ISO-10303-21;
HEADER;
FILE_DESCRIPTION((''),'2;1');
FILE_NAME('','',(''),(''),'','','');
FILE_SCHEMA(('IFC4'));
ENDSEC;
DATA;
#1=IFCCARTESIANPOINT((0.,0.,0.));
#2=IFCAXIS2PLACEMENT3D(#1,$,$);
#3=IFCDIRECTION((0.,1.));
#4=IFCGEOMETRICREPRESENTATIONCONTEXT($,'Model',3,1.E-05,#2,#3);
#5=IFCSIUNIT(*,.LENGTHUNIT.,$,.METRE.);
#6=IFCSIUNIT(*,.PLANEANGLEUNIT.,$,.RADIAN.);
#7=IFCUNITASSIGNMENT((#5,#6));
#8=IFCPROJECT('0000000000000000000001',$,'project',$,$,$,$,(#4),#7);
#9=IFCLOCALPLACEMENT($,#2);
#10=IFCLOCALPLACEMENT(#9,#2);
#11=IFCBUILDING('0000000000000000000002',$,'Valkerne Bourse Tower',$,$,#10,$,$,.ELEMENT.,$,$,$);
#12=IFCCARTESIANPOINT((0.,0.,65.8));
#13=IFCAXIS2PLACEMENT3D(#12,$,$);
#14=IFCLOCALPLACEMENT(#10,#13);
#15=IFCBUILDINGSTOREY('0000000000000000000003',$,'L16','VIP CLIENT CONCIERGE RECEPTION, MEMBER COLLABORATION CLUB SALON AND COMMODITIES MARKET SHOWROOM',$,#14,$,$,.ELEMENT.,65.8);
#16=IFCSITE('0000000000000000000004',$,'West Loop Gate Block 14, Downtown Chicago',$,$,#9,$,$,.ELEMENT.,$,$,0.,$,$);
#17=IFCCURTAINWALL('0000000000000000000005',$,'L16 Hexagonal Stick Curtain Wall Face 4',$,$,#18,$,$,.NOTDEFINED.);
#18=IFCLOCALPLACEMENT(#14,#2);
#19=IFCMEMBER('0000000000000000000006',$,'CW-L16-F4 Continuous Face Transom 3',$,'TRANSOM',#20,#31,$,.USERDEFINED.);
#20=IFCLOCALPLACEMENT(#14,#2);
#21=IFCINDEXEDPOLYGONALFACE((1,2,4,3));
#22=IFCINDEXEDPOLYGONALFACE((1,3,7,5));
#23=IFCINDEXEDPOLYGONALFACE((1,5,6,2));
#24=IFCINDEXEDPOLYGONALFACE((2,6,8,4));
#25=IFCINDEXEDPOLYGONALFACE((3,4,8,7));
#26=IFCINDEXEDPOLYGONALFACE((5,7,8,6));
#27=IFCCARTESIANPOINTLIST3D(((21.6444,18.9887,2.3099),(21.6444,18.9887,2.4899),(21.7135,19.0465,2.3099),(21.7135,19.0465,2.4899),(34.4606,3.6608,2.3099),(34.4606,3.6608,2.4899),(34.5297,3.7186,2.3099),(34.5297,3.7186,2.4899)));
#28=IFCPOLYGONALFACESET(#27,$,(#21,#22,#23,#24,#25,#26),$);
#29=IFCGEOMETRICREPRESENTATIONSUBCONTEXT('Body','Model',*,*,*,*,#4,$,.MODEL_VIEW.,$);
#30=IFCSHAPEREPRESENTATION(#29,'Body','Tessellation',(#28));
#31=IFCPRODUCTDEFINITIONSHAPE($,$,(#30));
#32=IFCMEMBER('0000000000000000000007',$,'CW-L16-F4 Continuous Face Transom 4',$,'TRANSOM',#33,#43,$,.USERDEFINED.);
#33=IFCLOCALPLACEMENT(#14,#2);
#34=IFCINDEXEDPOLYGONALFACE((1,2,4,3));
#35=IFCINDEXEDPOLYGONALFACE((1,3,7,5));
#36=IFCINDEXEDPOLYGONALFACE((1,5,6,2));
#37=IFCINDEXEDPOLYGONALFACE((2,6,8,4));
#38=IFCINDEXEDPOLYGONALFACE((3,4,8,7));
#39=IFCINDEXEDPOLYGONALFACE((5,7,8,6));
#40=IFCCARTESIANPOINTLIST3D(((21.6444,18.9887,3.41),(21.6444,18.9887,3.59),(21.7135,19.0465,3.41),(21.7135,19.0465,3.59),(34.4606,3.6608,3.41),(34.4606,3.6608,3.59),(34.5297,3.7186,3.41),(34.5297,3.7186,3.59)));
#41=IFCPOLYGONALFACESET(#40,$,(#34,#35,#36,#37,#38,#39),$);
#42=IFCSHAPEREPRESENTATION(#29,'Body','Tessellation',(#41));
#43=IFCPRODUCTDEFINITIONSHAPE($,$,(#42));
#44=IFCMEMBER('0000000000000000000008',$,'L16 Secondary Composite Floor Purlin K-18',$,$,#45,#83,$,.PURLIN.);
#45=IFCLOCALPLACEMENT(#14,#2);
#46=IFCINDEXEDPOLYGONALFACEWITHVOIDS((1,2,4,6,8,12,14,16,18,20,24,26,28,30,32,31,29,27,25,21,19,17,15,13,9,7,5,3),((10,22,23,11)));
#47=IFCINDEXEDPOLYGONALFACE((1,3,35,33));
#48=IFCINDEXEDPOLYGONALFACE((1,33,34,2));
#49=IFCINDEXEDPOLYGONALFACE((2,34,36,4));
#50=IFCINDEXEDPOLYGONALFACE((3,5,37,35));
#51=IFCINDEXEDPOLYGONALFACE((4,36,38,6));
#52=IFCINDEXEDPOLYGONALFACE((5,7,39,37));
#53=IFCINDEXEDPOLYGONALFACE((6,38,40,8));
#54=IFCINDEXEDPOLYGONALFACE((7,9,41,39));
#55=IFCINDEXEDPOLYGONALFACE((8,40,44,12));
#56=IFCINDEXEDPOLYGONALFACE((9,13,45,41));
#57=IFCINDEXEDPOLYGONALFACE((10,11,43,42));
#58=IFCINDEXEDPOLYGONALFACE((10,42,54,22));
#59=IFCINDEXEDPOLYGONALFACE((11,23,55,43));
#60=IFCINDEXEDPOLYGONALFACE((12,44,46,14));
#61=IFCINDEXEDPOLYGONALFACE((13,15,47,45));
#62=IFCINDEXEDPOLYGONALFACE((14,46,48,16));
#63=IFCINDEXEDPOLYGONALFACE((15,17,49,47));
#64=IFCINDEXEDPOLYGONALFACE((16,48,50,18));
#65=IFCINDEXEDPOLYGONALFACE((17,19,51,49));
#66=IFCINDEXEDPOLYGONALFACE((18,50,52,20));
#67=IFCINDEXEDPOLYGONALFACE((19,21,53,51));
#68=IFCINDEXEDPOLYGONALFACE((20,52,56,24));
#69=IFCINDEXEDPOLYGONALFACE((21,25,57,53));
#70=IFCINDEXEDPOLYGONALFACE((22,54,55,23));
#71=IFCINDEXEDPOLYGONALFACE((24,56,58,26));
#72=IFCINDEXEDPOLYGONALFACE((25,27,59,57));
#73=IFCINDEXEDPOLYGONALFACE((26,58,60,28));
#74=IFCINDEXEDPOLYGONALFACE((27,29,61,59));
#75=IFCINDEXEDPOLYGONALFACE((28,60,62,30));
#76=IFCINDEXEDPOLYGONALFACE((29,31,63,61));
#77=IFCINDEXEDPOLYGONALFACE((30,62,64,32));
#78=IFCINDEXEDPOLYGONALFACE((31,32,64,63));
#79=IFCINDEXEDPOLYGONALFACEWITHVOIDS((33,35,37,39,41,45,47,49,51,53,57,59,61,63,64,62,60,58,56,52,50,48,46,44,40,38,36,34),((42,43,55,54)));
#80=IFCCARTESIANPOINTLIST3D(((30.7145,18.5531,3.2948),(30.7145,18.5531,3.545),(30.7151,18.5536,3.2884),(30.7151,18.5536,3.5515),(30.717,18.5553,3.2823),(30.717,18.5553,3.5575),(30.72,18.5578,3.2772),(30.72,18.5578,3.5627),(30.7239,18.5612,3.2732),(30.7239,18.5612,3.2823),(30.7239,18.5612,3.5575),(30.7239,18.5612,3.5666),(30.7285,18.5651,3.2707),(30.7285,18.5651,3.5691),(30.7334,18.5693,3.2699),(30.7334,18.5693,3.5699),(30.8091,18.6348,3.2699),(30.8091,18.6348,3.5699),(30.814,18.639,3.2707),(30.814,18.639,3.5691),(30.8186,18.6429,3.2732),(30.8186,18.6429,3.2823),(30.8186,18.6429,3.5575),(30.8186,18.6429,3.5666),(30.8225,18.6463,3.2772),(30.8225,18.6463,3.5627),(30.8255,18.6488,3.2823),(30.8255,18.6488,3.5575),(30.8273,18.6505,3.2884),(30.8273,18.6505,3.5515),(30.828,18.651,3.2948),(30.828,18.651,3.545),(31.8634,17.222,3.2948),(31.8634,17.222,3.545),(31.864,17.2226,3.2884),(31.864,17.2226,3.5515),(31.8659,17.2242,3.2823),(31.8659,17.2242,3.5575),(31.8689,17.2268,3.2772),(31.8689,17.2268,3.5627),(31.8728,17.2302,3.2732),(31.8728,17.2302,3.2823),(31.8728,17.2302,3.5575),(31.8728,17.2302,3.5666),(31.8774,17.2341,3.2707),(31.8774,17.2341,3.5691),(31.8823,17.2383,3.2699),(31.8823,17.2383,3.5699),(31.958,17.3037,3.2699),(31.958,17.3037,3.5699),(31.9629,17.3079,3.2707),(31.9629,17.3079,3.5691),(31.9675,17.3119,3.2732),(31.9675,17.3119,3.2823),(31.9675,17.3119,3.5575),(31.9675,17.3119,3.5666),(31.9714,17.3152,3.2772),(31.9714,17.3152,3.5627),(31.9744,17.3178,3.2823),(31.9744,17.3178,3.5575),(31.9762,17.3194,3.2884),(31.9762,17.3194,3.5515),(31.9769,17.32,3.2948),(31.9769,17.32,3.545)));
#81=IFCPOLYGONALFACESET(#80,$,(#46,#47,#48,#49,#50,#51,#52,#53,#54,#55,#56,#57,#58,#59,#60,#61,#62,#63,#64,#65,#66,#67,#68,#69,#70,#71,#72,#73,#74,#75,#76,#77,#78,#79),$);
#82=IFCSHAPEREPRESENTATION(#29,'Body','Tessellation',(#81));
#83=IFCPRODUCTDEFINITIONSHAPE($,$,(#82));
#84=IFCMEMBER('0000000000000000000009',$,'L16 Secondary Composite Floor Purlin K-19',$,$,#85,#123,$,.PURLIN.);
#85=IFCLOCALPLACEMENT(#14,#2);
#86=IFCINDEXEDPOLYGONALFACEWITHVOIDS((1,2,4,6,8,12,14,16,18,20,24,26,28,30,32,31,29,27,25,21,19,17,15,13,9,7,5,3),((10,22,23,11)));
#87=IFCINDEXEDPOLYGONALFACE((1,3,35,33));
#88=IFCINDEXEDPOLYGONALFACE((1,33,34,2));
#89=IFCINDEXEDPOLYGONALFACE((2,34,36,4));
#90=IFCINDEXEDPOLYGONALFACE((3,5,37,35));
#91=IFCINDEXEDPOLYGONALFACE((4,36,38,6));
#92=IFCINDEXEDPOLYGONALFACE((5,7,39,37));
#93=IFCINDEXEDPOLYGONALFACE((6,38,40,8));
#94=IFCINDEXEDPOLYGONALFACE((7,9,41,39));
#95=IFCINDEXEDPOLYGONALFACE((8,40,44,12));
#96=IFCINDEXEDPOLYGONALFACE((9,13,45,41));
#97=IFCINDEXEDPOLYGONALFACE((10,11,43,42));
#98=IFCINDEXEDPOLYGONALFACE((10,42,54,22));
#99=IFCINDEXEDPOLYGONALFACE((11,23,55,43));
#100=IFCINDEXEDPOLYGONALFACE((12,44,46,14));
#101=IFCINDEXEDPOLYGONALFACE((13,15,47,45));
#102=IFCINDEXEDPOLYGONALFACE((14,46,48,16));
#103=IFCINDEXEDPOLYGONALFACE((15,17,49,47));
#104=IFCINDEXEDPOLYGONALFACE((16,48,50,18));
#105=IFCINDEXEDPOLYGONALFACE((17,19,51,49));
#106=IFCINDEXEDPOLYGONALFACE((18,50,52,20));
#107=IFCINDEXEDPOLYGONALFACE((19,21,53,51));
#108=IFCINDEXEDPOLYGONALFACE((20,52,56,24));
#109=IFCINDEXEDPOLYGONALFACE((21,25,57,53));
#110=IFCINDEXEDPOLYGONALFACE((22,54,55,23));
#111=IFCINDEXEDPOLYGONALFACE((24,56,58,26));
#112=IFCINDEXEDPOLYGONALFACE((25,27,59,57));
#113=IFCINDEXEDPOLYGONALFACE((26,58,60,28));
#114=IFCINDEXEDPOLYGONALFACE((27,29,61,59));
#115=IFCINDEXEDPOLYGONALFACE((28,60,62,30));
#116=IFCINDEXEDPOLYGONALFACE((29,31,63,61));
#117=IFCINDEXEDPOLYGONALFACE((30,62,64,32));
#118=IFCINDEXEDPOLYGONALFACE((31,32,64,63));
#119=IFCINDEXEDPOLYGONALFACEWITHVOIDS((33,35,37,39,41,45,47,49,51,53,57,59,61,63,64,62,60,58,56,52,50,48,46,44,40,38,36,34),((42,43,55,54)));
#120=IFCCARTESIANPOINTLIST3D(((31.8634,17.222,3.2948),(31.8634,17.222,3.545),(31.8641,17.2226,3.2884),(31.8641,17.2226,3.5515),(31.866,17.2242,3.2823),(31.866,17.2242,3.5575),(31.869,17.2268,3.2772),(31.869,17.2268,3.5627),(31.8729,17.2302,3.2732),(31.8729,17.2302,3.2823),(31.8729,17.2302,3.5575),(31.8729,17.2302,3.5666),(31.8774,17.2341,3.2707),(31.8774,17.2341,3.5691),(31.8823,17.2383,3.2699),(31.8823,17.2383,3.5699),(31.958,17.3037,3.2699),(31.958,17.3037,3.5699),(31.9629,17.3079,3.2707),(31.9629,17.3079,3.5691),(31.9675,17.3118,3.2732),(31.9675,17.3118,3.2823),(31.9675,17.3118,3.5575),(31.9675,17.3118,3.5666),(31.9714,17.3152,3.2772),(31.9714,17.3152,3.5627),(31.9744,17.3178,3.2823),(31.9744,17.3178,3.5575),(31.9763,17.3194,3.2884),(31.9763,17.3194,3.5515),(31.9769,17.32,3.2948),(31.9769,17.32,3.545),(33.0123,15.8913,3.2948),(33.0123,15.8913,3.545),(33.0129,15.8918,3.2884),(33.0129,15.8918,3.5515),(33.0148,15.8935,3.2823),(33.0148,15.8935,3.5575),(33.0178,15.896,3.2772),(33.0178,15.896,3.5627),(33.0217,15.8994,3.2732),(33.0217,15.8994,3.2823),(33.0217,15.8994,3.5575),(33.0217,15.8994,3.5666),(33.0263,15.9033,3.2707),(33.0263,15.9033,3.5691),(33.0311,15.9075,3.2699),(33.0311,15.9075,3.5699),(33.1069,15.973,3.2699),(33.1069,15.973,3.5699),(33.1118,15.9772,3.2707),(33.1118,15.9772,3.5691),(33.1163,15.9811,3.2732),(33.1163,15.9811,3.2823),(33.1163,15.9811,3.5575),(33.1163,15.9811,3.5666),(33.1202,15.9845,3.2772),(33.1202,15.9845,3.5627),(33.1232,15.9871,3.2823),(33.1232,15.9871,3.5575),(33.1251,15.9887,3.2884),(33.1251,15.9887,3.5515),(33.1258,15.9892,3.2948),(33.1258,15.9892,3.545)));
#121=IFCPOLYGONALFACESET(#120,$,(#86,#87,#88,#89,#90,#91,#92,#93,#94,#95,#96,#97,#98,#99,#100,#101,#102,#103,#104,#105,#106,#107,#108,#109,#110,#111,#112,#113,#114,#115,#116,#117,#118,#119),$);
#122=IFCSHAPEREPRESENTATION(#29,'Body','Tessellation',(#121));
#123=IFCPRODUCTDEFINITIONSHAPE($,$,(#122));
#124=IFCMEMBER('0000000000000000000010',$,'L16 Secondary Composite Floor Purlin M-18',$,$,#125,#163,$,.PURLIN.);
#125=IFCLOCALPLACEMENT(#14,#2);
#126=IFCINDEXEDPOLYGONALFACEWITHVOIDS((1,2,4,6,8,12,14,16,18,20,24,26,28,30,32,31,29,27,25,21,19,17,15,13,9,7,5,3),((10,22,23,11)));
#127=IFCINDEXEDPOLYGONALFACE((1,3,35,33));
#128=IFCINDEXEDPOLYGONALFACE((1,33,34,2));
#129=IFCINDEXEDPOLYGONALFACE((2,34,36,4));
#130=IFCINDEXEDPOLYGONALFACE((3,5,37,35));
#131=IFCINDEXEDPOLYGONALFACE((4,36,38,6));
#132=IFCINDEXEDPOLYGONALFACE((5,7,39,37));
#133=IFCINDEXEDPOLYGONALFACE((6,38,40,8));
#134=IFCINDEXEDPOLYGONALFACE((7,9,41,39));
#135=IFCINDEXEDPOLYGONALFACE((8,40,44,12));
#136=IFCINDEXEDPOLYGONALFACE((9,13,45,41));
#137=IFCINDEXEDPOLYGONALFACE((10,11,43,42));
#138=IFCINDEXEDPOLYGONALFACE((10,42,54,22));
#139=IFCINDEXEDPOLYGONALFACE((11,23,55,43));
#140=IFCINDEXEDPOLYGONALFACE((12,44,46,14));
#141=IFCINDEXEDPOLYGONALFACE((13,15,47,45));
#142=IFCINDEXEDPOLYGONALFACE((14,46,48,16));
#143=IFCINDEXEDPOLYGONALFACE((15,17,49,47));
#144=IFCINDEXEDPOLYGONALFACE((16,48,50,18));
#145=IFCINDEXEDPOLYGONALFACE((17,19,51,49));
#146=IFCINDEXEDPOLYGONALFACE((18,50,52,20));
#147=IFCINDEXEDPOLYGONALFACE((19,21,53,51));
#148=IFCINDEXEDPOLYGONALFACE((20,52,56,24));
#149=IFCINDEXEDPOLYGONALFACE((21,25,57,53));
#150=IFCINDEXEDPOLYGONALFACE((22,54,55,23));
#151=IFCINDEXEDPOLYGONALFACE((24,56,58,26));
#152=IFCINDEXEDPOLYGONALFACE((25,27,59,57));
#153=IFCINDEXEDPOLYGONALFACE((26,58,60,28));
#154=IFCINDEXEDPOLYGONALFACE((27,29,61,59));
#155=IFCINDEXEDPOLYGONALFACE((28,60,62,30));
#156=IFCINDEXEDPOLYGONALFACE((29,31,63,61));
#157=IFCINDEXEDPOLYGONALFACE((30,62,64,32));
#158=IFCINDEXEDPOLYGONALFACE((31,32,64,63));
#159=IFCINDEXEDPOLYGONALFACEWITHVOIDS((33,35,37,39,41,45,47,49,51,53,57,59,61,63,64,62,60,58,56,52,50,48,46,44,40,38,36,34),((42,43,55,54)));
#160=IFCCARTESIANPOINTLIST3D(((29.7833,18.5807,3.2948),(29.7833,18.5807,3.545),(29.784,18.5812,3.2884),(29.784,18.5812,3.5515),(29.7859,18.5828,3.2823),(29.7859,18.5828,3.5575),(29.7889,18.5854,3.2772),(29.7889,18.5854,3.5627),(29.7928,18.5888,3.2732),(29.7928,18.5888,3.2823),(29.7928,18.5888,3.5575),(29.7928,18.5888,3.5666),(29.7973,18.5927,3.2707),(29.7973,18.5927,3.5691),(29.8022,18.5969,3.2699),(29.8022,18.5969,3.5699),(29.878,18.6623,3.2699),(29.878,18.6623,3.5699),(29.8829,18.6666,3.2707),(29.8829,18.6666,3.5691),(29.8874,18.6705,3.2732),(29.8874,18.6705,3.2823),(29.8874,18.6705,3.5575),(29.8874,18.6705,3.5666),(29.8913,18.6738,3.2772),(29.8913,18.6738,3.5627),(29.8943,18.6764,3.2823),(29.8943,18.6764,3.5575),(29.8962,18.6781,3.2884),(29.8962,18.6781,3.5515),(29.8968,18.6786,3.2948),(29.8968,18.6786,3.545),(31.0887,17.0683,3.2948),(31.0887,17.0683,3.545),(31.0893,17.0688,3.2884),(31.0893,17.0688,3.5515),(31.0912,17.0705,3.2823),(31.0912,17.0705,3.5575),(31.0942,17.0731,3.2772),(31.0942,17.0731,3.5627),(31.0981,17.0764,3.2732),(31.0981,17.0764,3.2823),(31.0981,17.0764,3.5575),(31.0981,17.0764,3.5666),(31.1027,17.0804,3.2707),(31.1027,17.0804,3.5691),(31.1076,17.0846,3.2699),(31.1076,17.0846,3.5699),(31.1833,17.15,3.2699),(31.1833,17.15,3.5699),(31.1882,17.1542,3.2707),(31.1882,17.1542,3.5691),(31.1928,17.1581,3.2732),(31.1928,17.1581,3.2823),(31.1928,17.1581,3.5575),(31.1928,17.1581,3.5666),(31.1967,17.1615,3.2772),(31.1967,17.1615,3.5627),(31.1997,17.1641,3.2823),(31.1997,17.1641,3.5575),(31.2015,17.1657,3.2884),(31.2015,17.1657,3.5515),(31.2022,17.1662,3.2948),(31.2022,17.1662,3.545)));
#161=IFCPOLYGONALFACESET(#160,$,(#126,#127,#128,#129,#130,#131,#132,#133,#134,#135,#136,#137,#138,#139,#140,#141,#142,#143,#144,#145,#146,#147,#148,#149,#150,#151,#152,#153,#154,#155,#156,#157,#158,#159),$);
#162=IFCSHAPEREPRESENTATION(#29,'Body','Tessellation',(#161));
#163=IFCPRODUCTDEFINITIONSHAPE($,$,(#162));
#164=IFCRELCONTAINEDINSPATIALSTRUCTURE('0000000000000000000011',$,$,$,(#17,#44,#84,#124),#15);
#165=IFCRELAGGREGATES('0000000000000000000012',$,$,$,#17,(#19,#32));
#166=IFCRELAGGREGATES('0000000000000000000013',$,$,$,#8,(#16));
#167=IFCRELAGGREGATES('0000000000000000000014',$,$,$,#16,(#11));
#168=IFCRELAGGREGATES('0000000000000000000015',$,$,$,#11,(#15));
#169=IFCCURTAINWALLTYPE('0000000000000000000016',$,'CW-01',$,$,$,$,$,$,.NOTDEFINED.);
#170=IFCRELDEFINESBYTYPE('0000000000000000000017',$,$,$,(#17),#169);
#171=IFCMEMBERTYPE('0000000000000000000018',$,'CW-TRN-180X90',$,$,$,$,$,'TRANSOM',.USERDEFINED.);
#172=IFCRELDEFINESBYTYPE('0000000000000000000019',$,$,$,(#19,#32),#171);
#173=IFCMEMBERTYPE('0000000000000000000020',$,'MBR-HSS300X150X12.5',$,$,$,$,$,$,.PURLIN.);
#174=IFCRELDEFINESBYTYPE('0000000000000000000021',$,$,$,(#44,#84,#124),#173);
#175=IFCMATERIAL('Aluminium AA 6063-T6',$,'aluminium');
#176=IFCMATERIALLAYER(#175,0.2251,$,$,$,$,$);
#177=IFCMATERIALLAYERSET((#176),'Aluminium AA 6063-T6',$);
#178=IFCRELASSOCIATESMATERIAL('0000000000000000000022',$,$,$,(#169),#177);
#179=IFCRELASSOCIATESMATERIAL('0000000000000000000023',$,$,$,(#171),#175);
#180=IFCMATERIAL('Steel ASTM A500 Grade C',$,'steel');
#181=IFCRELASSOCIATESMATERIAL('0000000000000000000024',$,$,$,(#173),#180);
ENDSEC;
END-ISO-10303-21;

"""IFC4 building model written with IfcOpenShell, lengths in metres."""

from ifc_helpers import new_model, si_unit, direction, frame, origin, origin_2d, place, context, subcontext, project, spatial, rectangle, hollow_rectangle, extrude, material, layer, layer_set, material_profile, profile_set, type_object, element, aggregate, save


model = new_model("IFC4")

# Units and contexts
model_context = context("Model", 3, precision=1e-05, world=origin(), true_north=direction((0.0, 1.0)))
body_context = subcontext(model_context, "Body", "Model", "MODEL_VIEW")
ifc_project = project(units=[si_unit("LENGTHUNIT", "METRE"), si_unit("PLANEANGLEUNIT", "RADIAN")], contexts=[model_context])

# Site, building, storey
site_placement = place(None, origin())
site = spatial("IfcSite", under=ifc_project, at=site_placement, Name="West Loop Gate Block 14, Downtown Chicago", CompositionType="ELEMENT", RefElevation=0.0)
building_placement = place(site_placement, origin())
building = spatial("IfcBuilding", under=site, at=building_placement, Name="Valkerne Bourse Tower", CompositionType="ELEMENT")
storey_placement = place(building_placement, frame((0.0, 0.0, 65.8)))
storey = spatial("IfcBuildingStorey", under=building, at=storey_placement, Name="L16", Description="VIP CLIENT CONCIERGE RECEPTION, MEMBER COLLABORATION CLUB SALON AND COMMODITIES MARKET SHOWROOM", CompositionType="ELEMENT", Elevation=65.8)

# Curtain wall, members
ifc_material_1 = material(Name="Aluminium AA 6063-T6", Category="aluminium")
ifc_layer_1 = layer(ifc_material_1, 0.2251)
ifc_layer_set_1 = layer_set([ifc_layer_1], Name="Aluminium AA 6063-T6")
curtain_wall_type = type_object("IfcCurtainWallType", Name="CW-01", PredefinedType="NOTDEFINED", material=ifc_layer_set_1)
curtain_wall_placement = place(storey_placement, origin())
curtain_wall = element("IfcCurtainWall", 1, at=curtain_wall_placement, inside=storey, type_object=curtain_wall_type, Name="L16 Hexagonal Stick Curtain Wall Face 4", PredefinedType="NOTDEFINED")
ifc_material_profile_1 = material_profile(ifc_material_1, rectangle(XDim=0.0901, YDim=0.1799, at=origin_2d()), Name="CWT-90X180")
ifc_profile_set_1 = profile_set([ifc_material_profile_1], Name="Aluminium AA 6063-T6")
member_type_1 = type_object("IfcMemberType", Name="CW-TRN-180X90", ElementType="TRANSOM", PredefinedType="USERDEFINED", material=ifc_profile_set_1)
member_1_placement = place(storey_placement, frame((21.679, 19.0176, 2.3999), z_axis=(0.641452, -0.767164, 0.0), x_axis=(0.767164, 0.641452, 0.0)))
member_1 = element("IfcMember", 2, at=member_1_placement, type_object=member_type_1, Name="CW-L16-F4 Continuous Face Transom 3", ObjectType="TRANSOM", PredefinedType="USERDEFINED", context=body_context, shape_type="SweptSolid", body=[
    extrude(rectangle(XDim=0.0901, YDim=0.1799, at=origin_2d()), origin(), (0.0, 0.0, 1.0), 19.98),
])
member_2_placement = place(storey_placement, frame((21.679, 19.0176, 3.5), z_axis=(0.641452, -0.767164, 0.0), x_axis=(0.767164, 0.641452, 0.0)))
member_2 = element("IfcMember", 3, at=member_2_placement, type_object=member_type_1, Name="CW-L16-F4 Continuous Face Transom 4", ObjectType="TRANSOM", PredefinedType="USERDEFINED", context=body_context, shape_type="SweptSolid", body=[
    extrude(rectangle(XDim=0.0901, YDim=0.1799, at=origin_2d()), origin(), (0.0, 0.0, 1.0), 19.98),
])

# Members
ifc_material_2 = material(Name="Steel ASTM A500 Grade C", Category="steel")
ifc_material_profile_2 = material_profile(ifc_material_2, hollow_rectangle(XDim=0.1499, YDim=0.3, WallThickness=0.0125, OuterFilletRadius=0.0249, at=origin_2d()), Name="HSS300X150X12.5")
ifc_profile_set_2 = profile_set([ifc_material_profile_2], Name="Steel ASTM A500 Grade C")
member_type_2 = type_object("IfcMemberType", Name="MBR-HSS300X150X12.5", PredefinedType="PURLIN", material=ifc_profile_set_2)
member_3_placement = place(storey_placement, frame((30.7712, 18.6021, 3.4199), z_axis=(0.653417, -0.756998, 0.0), x_axis=(0.756998, 0.653417, 0.0)))
element("IfcMember", 4, at=member_3_placement, inside=storey, type_object=member_type_2, Name="L16 Secondary Composite Floor Purlin K-18", PredefinedType="PURLIN", context=body_context, shape_type="SweptSolid", body=[
    extrude(hollow_rectangle(XDim=0.1499, YDim=0.3, WallThickness=0.0125, OuterFilletRadius=0.0249, at=origin_2d()), origin(), (0.0, 0.0, 1.0), 1.7583),
])
member_4_placement = place(storey_placement, frame((31.9202, 17.271, 3.4199), z_axis=(0.653486, -0.756939, 0.0), x_axis=(0.756939, 0.653486, 0.0)))
element("IfcMember", 5, at=member_4_placement, inside=storey, type_object=member_type_2, Name="L16 Secondary Composite Floor Purlin K-19", PredefinedType="PURLIN", context=body_context, shape_type="SweptSolid", body=[
    extrude(hollow_rectangle(XDim=0.1499, YDim=0.3, WallThickness=0.0125, OuterFilletRadius=0.0249, at=origin_2d()), origin(), (0.0, 0.0, 1.0), 1.7581),
])
member_5_placement = place(storey_placement, frame((29.8401, 18.6296, 3.4199), z_axis=(0.653394, -0.757018, 0.0), x_axis=(0.757018, 0.653394, 0.0)))
element("IfcMember", 6, at=member_5_placement, inside=storey, type_object=member_type_2, Name="L16 Secondary Composite Floor Purlin M-18", PredefinedType="PURLIN", context=body_context, shape_type="SweptSolid", body=[
    extrude(hollow_rectangle(XDim=0.1499, YDim=0.3, WallThickness=0.0125, OuterFilletRadius=0.0249, at=origin_2d()), origin(), (0.0, 0.0, 1.0), 1.9978),
])

aggregate(curtain_wall, [member_1, member_2])

save(model, "model.ifc")
